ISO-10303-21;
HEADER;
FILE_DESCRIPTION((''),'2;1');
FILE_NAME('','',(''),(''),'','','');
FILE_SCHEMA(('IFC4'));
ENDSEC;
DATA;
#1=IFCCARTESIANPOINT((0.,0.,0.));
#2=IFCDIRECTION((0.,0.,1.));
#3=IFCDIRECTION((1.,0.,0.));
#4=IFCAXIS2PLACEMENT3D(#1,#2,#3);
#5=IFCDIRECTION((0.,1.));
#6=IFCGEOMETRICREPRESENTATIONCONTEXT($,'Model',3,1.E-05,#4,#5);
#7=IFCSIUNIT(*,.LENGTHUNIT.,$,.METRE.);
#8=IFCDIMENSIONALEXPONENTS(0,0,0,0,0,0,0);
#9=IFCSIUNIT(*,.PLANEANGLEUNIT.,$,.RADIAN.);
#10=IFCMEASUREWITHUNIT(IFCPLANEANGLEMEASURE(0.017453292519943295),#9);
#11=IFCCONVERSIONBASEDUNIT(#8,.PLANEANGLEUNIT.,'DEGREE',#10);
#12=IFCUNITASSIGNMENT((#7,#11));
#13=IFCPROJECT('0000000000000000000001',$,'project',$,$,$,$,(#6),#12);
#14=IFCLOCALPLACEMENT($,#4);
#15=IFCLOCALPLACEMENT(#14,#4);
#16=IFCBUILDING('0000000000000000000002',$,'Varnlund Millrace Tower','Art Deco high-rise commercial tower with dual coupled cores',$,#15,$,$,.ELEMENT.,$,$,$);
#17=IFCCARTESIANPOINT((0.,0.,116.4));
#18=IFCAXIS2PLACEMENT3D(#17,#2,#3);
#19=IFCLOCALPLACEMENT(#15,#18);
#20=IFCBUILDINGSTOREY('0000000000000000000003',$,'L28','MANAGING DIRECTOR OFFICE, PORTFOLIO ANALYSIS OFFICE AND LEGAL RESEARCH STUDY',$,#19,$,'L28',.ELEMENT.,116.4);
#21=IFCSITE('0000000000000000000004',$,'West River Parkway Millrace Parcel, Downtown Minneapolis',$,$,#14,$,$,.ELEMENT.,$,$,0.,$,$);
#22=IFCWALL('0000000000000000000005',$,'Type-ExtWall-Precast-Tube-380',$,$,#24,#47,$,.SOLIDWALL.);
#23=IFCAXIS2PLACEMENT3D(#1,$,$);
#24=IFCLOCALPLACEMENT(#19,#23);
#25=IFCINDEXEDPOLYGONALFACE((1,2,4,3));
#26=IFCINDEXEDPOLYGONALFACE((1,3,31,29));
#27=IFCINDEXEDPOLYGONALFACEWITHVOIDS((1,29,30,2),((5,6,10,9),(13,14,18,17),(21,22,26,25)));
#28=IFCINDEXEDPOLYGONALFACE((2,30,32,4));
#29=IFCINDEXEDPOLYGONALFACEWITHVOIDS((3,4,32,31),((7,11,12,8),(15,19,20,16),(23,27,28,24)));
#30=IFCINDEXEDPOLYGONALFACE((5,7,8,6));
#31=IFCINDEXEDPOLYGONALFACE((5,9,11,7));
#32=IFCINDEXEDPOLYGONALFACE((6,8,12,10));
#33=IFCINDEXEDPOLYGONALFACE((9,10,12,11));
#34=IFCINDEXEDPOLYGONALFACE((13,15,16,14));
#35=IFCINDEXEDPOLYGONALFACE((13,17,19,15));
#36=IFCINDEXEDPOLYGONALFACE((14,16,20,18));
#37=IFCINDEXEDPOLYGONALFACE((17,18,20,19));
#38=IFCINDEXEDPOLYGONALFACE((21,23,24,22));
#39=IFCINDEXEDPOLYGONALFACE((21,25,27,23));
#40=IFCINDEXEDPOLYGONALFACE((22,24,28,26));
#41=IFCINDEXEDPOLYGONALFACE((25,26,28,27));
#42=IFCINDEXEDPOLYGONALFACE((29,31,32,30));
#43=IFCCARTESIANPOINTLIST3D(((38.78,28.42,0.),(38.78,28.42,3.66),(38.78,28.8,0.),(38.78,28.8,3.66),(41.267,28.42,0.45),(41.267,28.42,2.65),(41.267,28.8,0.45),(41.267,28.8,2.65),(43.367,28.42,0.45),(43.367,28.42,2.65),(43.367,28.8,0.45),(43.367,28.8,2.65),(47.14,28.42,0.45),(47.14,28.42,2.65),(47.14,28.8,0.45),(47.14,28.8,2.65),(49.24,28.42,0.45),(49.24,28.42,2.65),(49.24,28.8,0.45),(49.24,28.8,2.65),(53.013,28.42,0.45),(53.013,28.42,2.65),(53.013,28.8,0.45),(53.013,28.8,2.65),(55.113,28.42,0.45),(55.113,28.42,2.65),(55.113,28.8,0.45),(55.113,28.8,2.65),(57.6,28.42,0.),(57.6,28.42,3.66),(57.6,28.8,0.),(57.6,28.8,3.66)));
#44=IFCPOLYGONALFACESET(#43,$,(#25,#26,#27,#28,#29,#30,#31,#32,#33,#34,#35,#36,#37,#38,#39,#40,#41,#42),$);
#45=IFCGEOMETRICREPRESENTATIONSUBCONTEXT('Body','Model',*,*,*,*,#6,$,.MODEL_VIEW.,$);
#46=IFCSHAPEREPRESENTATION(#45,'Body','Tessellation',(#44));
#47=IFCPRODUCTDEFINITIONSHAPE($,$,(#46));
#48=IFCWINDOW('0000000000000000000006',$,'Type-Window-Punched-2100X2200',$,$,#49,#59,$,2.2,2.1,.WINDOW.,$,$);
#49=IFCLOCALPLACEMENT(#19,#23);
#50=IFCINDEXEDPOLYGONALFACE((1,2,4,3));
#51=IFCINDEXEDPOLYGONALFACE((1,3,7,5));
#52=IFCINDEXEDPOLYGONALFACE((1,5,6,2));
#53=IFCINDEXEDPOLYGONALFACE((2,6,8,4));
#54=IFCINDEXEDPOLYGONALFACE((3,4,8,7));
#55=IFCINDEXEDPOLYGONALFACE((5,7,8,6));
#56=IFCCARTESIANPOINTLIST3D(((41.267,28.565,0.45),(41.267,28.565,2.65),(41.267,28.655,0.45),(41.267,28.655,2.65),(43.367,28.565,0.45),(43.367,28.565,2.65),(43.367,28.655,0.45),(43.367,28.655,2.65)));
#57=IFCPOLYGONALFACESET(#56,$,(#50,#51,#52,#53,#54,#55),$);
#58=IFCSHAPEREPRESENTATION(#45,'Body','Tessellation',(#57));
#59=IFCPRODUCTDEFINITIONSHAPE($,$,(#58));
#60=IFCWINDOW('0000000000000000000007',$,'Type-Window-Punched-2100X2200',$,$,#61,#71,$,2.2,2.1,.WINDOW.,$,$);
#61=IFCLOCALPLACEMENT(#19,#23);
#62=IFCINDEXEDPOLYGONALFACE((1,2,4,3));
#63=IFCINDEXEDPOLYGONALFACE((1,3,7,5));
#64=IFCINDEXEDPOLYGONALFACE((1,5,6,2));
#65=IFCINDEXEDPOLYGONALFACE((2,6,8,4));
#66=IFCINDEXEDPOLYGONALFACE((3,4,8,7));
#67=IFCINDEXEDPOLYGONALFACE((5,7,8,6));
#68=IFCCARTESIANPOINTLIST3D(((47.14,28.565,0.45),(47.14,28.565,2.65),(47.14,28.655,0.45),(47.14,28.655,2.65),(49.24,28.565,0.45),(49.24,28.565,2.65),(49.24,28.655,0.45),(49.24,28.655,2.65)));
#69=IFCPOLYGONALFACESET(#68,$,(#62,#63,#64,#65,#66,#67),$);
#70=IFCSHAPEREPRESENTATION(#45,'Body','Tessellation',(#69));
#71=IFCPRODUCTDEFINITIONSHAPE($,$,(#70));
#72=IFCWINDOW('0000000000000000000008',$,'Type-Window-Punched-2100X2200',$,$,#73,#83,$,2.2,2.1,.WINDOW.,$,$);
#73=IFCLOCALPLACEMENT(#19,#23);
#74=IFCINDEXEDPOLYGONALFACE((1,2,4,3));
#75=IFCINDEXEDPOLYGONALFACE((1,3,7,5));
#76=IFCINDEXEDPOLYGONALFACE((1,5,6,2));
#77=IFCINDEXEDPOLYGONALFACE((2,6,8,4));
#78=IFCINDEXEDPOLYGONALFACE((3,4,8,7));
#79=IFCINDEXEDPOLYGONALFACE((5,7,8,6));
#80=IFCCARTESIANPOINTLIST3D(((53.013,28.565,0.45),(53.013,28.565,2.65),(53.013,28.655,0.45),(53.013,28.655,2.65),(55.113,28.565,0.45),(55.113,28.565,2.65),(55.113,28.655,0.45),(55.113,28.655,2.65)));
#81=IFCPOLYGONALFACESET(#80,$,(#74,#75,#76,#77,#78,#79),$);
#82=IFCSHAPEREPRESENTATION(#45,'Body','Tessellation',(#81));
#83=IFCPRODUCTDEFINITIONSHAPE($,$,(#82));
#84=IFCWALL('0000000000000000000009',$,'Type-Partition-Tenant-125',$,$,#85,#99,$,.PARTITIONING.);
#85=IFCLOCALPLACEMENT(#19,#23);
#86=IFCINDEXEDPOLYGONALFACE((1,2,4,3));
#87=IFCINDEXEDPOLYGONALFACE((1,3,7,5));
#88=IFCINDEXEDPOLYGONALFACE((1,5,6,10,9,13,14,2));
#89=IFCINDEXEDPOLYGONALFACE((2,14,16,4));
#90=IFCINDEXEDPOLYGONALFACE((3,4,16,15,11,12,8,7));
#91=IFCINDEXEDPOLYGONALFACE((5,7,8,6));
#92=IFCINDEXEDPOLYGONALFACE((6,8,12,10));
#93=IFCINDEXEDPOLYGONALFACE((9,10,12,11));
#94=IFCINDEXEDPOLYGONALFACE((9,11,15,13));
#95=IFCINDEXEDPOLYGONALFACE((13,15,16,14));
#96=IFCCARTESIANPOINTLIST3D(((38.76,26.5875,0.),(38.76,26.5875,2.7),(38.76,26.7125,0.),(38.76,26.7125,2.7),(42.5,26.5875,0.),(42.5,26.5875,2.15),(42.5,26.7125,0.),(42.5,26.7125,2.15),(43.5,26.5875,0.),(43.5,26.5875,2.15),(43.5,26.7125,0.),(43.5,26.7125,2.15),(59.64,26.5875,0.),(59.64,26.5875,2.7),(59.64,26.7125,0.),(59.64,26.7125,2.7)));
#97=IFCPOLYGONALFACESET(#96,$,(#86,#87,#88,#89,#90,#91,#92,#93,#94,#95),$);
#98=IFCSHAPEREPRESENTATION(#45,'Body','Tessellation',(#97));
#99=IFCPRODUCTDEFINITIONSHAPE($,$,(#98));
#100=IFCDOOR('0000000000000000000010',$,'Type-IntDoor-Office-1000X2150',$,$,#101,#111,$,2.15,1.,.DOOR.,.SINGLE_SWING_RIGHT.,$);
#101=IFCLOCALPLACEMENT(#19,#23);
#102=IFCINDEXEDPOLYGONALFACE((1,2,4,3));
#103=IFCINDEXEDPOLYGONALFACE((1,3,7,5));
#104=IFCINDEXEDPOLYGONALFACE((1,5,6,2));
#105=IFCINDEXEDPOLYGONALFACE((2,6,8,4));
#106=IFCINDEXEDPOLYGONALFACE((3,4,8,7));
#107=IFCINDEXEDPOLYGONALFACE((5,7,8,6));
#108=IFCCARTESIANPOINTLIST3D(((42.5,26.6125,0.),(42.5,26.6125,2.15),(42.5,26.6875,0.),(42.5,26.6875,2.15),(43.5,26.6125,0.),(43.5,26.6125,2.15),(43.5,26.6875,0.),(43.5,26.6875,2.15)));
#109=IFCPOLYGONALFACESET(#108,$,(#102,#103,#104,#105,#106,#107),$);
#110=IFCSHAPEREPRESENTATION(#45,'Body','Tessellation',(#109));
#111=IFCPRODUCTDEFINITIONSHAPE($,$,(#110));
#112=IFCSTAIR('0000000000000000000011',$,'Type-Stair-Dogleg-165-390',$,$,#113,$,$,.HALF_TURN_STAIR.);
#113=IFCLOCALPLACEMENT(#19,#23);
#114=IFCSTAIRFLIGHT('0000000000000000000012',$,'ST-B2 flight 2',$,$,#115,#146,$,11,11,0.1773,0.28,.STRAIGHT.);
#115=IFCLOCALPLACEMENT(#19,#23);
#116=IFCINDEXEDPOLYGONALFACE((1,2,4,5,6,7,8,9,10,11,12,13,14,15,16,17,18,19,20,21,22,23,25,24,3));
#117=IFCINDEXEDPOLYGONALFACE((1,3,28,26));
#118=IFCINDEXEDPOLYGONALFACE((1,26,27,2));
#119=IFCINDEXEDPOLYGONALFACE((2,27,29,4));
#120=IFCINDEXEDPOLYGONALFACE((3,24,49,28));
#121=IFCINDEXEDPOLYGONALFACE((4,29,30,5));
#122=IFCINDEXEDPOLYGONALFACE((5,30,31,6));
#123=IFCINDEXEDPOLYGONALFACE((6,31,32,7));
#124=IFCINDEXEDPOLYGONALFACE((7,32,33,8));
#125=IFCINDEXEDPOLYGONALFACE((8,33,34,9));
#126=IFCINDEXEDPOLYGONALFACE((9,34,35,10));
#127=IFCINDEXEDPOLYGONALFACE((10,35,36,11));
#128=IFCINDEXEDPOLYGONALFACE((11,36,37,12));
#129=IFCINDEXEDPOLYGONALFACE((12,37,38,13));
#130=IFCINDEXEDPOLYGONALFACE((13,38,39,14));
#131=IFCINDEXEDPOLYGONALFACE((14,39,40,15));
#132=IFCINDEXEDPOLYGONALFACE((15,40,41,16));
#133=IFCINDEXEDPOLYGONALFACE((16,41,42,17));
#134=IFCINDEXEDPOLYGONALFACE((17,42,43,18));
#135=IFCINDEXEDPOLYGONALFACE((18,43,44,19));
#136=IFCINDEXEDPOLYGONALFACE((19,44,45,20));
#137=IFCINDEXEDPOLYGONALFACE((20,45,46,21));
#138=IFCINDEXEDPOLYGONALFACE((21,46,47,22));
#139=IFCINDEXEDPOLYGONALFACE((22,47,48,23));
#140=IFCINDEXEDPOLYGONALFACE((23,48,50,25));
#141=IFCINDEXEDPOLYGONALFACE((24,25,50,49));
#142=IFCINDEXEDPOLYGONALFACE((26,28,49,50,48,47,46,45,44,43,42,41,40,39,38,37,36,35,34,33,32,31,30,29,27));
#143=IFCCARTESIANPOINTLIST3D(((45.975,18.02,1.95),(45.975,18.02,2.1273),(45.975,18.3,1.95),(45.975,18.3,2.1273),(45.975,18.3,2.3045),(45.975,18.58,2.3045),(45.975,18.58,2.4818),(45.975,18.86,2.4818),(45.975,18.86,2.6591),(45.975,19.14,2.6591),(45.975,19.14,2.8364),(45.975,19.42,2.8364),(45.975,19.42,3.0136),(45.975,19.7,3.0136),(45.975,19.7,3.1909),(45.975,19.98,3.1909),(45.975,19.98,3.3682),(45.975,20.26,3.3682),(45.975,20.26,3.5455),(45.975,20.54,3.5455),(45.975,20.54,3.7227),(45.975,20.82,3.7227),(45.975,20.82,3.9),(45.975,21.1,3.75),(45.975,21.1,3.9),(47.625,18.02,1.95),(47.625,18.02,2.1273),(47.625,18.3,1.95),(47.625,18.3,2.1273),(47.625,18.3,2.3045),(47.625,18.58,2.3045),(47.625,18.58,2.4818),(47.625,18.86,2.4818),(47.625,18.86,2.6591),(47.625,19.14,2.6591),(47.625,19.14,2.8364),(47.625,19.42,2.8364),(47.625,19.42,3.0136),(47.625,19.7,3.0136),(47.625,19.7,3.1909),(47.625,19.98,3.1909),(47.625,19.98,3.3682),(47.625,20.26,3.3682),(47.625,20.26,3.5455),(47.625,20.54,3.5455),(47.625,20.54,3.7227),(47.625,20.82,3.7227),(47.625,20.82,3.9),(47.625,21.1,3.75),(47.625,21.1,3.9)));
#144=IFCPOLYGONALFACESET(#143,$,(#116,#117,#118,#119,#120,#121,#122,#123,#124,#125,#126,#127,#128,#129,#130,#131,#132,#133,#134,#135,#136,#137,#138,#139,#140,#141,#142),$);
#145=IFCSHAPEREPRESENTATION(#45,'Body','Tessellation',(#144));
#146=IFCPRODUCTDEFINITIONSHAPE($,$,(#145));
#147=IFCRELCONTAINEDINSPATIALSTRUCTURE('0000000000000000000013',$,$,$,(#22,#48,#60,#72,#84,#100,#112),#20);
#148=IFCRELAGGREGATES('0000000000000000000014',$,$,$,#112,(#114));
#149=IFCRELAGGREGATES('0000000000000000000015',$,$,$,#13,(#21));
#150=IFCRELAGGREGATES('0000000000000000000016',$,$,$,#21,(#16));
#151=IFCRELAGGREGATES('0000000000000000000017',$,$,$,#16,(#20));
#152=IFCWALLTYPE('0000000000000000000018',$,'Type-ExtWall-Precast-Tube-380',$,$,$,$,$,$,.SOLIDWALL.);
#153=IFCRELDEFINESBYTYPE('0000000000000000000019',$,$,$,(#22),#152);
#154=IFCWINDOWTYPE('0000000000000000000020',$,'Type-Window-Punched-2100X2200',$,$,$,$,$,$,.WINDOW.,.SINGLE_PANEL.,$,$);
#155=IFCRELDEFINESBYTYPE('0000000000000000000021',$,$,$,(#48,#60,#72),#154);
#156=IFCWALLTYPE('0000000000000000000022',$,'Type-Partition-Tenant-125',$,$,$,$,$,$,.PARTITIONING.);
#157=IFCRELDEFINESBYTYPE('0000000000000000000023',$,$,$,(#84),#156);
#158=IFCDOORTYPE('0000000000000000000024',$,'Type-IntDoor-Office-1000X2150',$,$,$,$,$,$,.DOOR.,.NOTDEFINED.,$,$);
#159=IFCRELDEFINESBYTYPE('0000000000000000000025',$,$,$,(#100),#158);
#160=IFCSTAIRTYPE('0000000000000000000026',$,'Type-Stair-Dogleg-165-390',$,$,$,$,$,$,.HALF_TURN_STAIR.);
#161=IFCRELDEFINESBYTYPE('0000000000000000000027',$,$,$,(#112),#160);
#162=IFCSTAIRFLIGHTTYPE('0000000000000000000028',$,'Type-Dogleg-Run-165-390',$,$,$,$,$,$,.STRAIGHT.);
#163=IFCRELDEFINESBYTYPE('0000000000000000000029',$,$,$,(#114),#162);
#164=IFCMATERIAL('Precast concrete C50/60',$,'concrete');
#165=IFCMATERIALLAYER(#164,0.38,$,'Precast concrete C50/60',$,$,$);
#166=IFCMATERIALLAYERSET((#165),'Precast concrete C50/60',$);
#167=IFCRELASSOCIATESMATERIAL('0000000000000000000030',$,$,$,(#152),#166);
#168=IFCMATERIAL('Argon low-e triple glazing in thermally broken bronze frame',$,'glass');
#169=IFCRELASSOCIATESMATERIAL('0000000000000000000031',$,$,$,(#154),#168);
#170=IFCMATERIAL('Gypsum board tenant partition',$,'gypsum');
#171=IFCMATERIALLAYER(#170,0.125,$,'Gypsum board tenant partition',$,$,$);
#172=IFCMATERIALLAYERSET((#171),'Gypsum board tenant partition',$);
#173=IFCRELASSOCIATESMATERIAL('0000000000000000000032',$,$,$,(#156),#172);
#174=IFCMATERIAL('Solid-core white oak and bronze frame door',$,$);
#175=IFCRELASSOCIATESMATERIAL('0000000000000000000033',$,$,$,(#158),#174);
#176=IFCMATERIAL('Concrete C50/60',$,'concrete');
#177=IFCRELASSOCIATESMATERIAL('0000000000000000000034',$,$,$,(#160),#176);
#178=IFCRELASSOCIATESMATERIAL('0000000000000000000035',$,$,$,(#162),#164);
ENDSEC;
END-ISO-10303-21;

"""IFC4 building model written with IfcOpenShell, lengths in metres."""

from ifc_helpers import new_model, entity, si_unit, converted_unit, direction, frame, origin_with_axes, origin_2d_with_axis, place, context, subcontext, project, spatial, polyline, rectangle, outline, extrude, material, layer, layer_set, type_object, element, fill, aggregate, save


model = new_model("IFC4")

# Units and contexts
model_context = context("Model", 3, precision=1e-05, world=origin_with_axes(), true_north=direction((0.0, 1.0)))
body_context = subcontext(model_context, "Body", "Model", "MODEL_VIEW")
ifc_project = project(units=[si_unit("LENGTHUNIT", "METRE"), converted_unit("PLANEANGLEUNIT", "DEGREE", entity("IfcPlaneAngleMeasure", 0.017453292519943295), si_unit("PLANEANGLEUNIT", "RADIAN"), dimensions=[0, 0, 0, 0, 0, 0, 0])], contexts=[model_context])

# Site, building, storey
site_placement = place(None, origin_with_axes())
site = spatial("IfcSite", under=ifc_project, at=site_placement, Name="West River Parkway Millrace Parcel, Downtown Minneapolis", CompositionType="ELEMENT", RefElevation=0.0)
building_placement = place(site_placement, origin_with_axes())
building = spatial("IfcBuilding", under=site, at=building_placement, Name="Varnlund Millrace Tower", Description="Art Deco high-rise commercial tower with dual coupled cores", CompositionType="ELEMENT")
storey_placement = place(building_placement, frame((0.0, 0.0, 116.4), z_axis=(0.0, 0.0, 1.0), x_axis=(1.0, 0.0, 0.0)))
storey = spatial("IfcBuildingStorey", under=building, at=storey_placement, Name="L28", Description="MANAGING DIRECTOR OFFICE, PORTFOLIO ANALYSIS OFFICE AND LEGAL RESEARCH STUDY", LongName="L28", CompositionType="ELEMENT", Elevation=116.4)

# Shared definitions
ifc_material_1 = material(Name="Precast concrete C50/60", Category="concrete")
ifc_layer_1 = layer(ifc_material_1, 0.38, Name="Precast concrete C50/60")
ifc_layer_set_1 = layer_set([ifc_layer_1], Name="Precast concrete C50/60")
wall_type_1 = type_object("IfcWallType", Name="Type-ExtWall-Precast-Tube-380", PredefinedType="SOLIDWALL", material=ifc_layer_set_1)

# Wall, openings, windows
ifc_material_2 = material(Name="Argon low-e triple glazing in thermally broken bronze frame", Category="glass")
window_type = type_object("IfcWindowType", Name="Type-Window-Punched-2100X2200", PartitioningType="SINGLE_PANEL", PredefinedType="WINDOW", material=ifc_material_2)
wall_1_placement = place(storey_placement, frame((38.78, 28.61, 0.0), z_axis=(0.0, 0.0, 1.0), x_axis=(1.0, 0.0, 0.0)))
wall_1 = element("IfcWall", 1, at=wall_1_placement, inside=storey, type_object=wall_type_1, Name="Type-ExtWall-Precast-Tube-380", PredefinedType="SOLIDWALL", context=body_context, shape_type="SweptSolid", body=[
    extrude(outline(polyline([(0.0, -0.19), (18.82, -0.19), (18.82, 0.19), (0.0, 0.19), (0.0, -0.19)])), origin_with_axes(), (0.0, 0.0, 1.0), 3.66),
])
opening_1_placement = place(wall_1_placement, frame((3.537, 0.0, 0.45), z_axis=(0.0, 0.0, 1.0), x_axis=(1.0, 0.0, 0.0)))
opening_1 = element("IfcOpeningElement", 2, at=opening_1_placement, cuts=wall_1, PredefinedType="OPENING", context=body_context, shape_type="SweptSolid", body=[
    extrude(rectangle(XDim=2.1, YDim=0.4, at=origin_2d_with_axis()), origin_with_axes(), (0.0, 0.0, 1.0), 2.2),
])
opening_2_placement = place(wall_1_placement, frame((9.41, 0.0, 0.45), z_axis=(0.0, 0.0, 1.0), x_axis=(1.0, 0.0, 0.0)))
opening_2 = element("IfcOpeningElement", 3, at=opening_2_placement, cuts=wall_1, PredefinedType="OPENING", context=body_context, shape_type="SweptSolid", body=[
    extrude(rectangle(XDim=2.1, YDim=0.4, at=origin_2d_with_axis()), origin_with_axes(), (0.0, 0.0, 1.0), 2.2),
])
opening_3_placement = place(wall_1_placement, frame((15.283, 0.0, 0.45), z_axis=(0.0, 0.0, 1.0), x_axis=(1.0, 0.0, 0.0)))
opening_3 = element("IfcOpeningElement", 4, at=opening_3_placement, cuts=wall_1, PredefinedType="OPENING", context=body_context, shape_type="SweptSolid", body=[
    extrude(rectangle(XDim=2.1, YDim=0.4, at=origin_2d_with_axis()), origin_with_axes(), (0.0, 0.0, 1.0), 2.2),
])
window_1_placement = place(wall_1_placement, frame((3.537, 0.0, 0.45), z_axis=(0.0, 0.0, 1.0), x_axis=(1.0, 0.0, 0.0)))
window_1 = element("IfcWindow", 5, at=window_1_placement, inside=storey, type_object=window_type, Name="Type-Window-Punched-2100X2200", OverallHeight=2.2, OverallWidth=2.1, PredefinedType="WINDOW", context=body_context, shape_type="SweptSolid", body=[
    extrude(rectangle(XDim=2.1, YDim=0.09, at=origin_2d_with_axis()), origin_with_axes(), (0.0, 0.0, 1.0), 2.2),
])
fill(opening_1, window_1)
window_2_placement = place(wall_1_placement, frame((9.41, 0.0, 0.45), z_axis=(0.0, 0.0, 1.0), x_axis=(1.0, 0.0, 0.0)))
window_2 = element("IfcWindow", 6, at=window_2_placement, inside=storey, type_object=window_type, Name="Type-Window-Punched-2100X2200", OverallHeight=2.2, OverallWidth=2.1, PredefinedType="WINDOW", context=body_context, shape_type="SweptSolid", body=[
    extrude(rectangle(XDim=2.1, YDim=0.09, at=origin_2d_with_axis()), origin_with_axes(), (0.0, 0.0, 1.0), 2.2),
])
fill(opening_2, window_2)
window_3_placement = place(wall_1_placement, frame((15.283, 0.0, 0.45), z_axis=(0.0, 0.0, 1.0), x_axis=(1.0, 0.0, 0.0)))
window_3 = element("IfcWindow", 7, at=window_3_placement, inside=storey, type_object=window_type, Name="Type-Window-Punched-2100X2200", OverallHeight=2.2, OverallWidth=2.1, PredefinedType="WINDOW", context=body_context, shape_type="SweptSolid", body=[
    extrude(rectangle(XDim=2.1, YDim=0.09, at=origin_2d_with_axis()), origin_with_axes(), (0.0, 0.0, 1.0), 2.2),
])
fill(opening_3, window_3)

# Wall, opening, door
ifc_material_3 = material(Name="Gypsum board tenant partition", Category="gypsum")
ifc_layer_2 = layer(ifc_material_3, 0.125, Name="Gypsum board tenant partition")
ifc_layer_set_2 = layer_set([ifc_layer_2], Name="Gypsum board tenant partition")
wall_type_2 = type_object("IfcWallType", Name="Type-Partition-Tenant-125", PredefinedType="PARTITIONING", material=ifc_layer_set_2)
wall_2_placement = place(storey_placement, frame((38.76, 26.65, 0.0), z_axis=(0.0, 0.0, 1.0), x_axis=(1.0, 0.0, 0.0)))
wall_2 = element("IfcWall", 8, at=wall_2_placement, inside=storey, type_object=wall_type_2, Name="Type-Partition-Tenant-125", PredefinedType="PARTITIONING", context=body_context, shape_type="SweptSolid", body=[
    extrude(outline(polyline([(0.0, -0.0625), (20.88, -0.0625), (20.88, 0.0625), (0.0, 0.0625), (0.0, -0.0625)])), origin_with_axes(), (0.0, 0.0, 1.0), 2.7),
])
opening_4_placement = place(wall_2_placement, frame((4.24, 0.0, 0.0), z_axis=(0.0, 0.0, 1.0), x_axis=(1.0, 0.0, 0.0)))
opening_4 = element("IfcOpeningElement", 9, at=opening_4_placement, cuts=wall_2, PredefinedType="OPENING", context=body_context, shape_type="SweptSolid", body=[
    extrude(rectangle(XDim=1.0, YDim=0.145, at=origin_2d_with_axis()), origin_with_axes(), (0.0, 0.0, 1.0), 2.15),
])
ifc_material_4 = material(Name="Solid-core white oak and bronze frame door")
door_type = type_object("IfcDoorType", Name="Type-IntDoor-Office-1000X2150", OperationType="NOTDEFINED", PredefinedType="DOOR", material=ifc_material_4)
door_placement = place(wall_2_placement, frame((4.24, 0.0, 0.0), z_axis=(0.0, 0.0, 1.0), x_axis=(1.0, 0.0, 0.0)))
door = element("IfcDoor", 10, at=door_placement, inside=storey, type_object=door_type, Name="Type-IntDoor-Office-1000X2150", OperationType="SINGLE_SWING_RIGHT", OverallHeight=2.15, OverallWidth=1.0, PredefinedType="DOOR", context=body_context, shape_type="SweptSolid", body=[
    extrude(rectangle(XDim=1.0, YDim=0.075, at=origin_2d_with_axis()), origin_with_axes(), (0.0, 0.0, 1.0), 2.15),
])
fill(opening_4, door)

# Stair, stair flight
ifc_material_5 = material(Name="Concrete C50/60", Category="concrete")
stair_type = type_object("IfcStairType", Name="Type-Stair-Dogleg-165-390", PredefinedType="HALF_TURN_STAIR", material=ifc_material_5)
stair_placement = place(storey_placement, origin_with_axes())
stair = element("IfcStair", 11, at=stair_placement, inside=storey, type_object=stair_type, Name="Type-Stair-Dogleg-165-390", PredefinedType="HALF_TURN_STAIR")
stair_flight_type = type_object("IfcStairFlightType", Name="Type-Dogleg-Run-165-390", PredefinedType="STRAIGHT", material=ifc_material_1)
stair_flight_placement = place(storey_placement, frame((45.975, 18.02, 1.95), z_axis=(1.0, 0.0, 0.0), x_axis=(0.0, 1.0, 0.0)))
stair_flight = element("IfcStairFlight", 12, at=stair_flight_placement, type_object=stair_flight_type, Name="ST-B2 flight 2", NumberOfRisers=11, NumberOfTreads=11, PredefinedType="STRAIGHT", RiserHeight=0.1773, TreadLength=0.28, context=body_context, shape_type="SweptSolid", body=[
    extrude(outline(polyline([(0.0, 0.0), (0.0, 0.1773), (0.28, 0.1773), (0.28, 0.3545), (0.56, 0.3545), (0.56, 0.5318), (0.84, 0.5318), (0.84, 0.7091), (1.12, 0.7091), (1.12, 0.8864), (1.4, 0.8864), (1.4, 1.0636), (1.68, 1.0636), (1.68, 1.2409), (1.96, 1.2409), (1.96, 1.4182), (2.24, 1.4182), (2.24, 1.5955), (2.52, 1.5955), (2.52, 1.7727), (2.8, 1.7727), (2.8, 1.95), (3.08, 1.95), (3.08, 1.8), (0.28, 0.0), (0.0, 0.0)])), origin_with_axes(), (0.0, 0.0, 1.0), 1.65),
])
aggregate(stair, [stair_flight])

save(model, "model.ifc")
